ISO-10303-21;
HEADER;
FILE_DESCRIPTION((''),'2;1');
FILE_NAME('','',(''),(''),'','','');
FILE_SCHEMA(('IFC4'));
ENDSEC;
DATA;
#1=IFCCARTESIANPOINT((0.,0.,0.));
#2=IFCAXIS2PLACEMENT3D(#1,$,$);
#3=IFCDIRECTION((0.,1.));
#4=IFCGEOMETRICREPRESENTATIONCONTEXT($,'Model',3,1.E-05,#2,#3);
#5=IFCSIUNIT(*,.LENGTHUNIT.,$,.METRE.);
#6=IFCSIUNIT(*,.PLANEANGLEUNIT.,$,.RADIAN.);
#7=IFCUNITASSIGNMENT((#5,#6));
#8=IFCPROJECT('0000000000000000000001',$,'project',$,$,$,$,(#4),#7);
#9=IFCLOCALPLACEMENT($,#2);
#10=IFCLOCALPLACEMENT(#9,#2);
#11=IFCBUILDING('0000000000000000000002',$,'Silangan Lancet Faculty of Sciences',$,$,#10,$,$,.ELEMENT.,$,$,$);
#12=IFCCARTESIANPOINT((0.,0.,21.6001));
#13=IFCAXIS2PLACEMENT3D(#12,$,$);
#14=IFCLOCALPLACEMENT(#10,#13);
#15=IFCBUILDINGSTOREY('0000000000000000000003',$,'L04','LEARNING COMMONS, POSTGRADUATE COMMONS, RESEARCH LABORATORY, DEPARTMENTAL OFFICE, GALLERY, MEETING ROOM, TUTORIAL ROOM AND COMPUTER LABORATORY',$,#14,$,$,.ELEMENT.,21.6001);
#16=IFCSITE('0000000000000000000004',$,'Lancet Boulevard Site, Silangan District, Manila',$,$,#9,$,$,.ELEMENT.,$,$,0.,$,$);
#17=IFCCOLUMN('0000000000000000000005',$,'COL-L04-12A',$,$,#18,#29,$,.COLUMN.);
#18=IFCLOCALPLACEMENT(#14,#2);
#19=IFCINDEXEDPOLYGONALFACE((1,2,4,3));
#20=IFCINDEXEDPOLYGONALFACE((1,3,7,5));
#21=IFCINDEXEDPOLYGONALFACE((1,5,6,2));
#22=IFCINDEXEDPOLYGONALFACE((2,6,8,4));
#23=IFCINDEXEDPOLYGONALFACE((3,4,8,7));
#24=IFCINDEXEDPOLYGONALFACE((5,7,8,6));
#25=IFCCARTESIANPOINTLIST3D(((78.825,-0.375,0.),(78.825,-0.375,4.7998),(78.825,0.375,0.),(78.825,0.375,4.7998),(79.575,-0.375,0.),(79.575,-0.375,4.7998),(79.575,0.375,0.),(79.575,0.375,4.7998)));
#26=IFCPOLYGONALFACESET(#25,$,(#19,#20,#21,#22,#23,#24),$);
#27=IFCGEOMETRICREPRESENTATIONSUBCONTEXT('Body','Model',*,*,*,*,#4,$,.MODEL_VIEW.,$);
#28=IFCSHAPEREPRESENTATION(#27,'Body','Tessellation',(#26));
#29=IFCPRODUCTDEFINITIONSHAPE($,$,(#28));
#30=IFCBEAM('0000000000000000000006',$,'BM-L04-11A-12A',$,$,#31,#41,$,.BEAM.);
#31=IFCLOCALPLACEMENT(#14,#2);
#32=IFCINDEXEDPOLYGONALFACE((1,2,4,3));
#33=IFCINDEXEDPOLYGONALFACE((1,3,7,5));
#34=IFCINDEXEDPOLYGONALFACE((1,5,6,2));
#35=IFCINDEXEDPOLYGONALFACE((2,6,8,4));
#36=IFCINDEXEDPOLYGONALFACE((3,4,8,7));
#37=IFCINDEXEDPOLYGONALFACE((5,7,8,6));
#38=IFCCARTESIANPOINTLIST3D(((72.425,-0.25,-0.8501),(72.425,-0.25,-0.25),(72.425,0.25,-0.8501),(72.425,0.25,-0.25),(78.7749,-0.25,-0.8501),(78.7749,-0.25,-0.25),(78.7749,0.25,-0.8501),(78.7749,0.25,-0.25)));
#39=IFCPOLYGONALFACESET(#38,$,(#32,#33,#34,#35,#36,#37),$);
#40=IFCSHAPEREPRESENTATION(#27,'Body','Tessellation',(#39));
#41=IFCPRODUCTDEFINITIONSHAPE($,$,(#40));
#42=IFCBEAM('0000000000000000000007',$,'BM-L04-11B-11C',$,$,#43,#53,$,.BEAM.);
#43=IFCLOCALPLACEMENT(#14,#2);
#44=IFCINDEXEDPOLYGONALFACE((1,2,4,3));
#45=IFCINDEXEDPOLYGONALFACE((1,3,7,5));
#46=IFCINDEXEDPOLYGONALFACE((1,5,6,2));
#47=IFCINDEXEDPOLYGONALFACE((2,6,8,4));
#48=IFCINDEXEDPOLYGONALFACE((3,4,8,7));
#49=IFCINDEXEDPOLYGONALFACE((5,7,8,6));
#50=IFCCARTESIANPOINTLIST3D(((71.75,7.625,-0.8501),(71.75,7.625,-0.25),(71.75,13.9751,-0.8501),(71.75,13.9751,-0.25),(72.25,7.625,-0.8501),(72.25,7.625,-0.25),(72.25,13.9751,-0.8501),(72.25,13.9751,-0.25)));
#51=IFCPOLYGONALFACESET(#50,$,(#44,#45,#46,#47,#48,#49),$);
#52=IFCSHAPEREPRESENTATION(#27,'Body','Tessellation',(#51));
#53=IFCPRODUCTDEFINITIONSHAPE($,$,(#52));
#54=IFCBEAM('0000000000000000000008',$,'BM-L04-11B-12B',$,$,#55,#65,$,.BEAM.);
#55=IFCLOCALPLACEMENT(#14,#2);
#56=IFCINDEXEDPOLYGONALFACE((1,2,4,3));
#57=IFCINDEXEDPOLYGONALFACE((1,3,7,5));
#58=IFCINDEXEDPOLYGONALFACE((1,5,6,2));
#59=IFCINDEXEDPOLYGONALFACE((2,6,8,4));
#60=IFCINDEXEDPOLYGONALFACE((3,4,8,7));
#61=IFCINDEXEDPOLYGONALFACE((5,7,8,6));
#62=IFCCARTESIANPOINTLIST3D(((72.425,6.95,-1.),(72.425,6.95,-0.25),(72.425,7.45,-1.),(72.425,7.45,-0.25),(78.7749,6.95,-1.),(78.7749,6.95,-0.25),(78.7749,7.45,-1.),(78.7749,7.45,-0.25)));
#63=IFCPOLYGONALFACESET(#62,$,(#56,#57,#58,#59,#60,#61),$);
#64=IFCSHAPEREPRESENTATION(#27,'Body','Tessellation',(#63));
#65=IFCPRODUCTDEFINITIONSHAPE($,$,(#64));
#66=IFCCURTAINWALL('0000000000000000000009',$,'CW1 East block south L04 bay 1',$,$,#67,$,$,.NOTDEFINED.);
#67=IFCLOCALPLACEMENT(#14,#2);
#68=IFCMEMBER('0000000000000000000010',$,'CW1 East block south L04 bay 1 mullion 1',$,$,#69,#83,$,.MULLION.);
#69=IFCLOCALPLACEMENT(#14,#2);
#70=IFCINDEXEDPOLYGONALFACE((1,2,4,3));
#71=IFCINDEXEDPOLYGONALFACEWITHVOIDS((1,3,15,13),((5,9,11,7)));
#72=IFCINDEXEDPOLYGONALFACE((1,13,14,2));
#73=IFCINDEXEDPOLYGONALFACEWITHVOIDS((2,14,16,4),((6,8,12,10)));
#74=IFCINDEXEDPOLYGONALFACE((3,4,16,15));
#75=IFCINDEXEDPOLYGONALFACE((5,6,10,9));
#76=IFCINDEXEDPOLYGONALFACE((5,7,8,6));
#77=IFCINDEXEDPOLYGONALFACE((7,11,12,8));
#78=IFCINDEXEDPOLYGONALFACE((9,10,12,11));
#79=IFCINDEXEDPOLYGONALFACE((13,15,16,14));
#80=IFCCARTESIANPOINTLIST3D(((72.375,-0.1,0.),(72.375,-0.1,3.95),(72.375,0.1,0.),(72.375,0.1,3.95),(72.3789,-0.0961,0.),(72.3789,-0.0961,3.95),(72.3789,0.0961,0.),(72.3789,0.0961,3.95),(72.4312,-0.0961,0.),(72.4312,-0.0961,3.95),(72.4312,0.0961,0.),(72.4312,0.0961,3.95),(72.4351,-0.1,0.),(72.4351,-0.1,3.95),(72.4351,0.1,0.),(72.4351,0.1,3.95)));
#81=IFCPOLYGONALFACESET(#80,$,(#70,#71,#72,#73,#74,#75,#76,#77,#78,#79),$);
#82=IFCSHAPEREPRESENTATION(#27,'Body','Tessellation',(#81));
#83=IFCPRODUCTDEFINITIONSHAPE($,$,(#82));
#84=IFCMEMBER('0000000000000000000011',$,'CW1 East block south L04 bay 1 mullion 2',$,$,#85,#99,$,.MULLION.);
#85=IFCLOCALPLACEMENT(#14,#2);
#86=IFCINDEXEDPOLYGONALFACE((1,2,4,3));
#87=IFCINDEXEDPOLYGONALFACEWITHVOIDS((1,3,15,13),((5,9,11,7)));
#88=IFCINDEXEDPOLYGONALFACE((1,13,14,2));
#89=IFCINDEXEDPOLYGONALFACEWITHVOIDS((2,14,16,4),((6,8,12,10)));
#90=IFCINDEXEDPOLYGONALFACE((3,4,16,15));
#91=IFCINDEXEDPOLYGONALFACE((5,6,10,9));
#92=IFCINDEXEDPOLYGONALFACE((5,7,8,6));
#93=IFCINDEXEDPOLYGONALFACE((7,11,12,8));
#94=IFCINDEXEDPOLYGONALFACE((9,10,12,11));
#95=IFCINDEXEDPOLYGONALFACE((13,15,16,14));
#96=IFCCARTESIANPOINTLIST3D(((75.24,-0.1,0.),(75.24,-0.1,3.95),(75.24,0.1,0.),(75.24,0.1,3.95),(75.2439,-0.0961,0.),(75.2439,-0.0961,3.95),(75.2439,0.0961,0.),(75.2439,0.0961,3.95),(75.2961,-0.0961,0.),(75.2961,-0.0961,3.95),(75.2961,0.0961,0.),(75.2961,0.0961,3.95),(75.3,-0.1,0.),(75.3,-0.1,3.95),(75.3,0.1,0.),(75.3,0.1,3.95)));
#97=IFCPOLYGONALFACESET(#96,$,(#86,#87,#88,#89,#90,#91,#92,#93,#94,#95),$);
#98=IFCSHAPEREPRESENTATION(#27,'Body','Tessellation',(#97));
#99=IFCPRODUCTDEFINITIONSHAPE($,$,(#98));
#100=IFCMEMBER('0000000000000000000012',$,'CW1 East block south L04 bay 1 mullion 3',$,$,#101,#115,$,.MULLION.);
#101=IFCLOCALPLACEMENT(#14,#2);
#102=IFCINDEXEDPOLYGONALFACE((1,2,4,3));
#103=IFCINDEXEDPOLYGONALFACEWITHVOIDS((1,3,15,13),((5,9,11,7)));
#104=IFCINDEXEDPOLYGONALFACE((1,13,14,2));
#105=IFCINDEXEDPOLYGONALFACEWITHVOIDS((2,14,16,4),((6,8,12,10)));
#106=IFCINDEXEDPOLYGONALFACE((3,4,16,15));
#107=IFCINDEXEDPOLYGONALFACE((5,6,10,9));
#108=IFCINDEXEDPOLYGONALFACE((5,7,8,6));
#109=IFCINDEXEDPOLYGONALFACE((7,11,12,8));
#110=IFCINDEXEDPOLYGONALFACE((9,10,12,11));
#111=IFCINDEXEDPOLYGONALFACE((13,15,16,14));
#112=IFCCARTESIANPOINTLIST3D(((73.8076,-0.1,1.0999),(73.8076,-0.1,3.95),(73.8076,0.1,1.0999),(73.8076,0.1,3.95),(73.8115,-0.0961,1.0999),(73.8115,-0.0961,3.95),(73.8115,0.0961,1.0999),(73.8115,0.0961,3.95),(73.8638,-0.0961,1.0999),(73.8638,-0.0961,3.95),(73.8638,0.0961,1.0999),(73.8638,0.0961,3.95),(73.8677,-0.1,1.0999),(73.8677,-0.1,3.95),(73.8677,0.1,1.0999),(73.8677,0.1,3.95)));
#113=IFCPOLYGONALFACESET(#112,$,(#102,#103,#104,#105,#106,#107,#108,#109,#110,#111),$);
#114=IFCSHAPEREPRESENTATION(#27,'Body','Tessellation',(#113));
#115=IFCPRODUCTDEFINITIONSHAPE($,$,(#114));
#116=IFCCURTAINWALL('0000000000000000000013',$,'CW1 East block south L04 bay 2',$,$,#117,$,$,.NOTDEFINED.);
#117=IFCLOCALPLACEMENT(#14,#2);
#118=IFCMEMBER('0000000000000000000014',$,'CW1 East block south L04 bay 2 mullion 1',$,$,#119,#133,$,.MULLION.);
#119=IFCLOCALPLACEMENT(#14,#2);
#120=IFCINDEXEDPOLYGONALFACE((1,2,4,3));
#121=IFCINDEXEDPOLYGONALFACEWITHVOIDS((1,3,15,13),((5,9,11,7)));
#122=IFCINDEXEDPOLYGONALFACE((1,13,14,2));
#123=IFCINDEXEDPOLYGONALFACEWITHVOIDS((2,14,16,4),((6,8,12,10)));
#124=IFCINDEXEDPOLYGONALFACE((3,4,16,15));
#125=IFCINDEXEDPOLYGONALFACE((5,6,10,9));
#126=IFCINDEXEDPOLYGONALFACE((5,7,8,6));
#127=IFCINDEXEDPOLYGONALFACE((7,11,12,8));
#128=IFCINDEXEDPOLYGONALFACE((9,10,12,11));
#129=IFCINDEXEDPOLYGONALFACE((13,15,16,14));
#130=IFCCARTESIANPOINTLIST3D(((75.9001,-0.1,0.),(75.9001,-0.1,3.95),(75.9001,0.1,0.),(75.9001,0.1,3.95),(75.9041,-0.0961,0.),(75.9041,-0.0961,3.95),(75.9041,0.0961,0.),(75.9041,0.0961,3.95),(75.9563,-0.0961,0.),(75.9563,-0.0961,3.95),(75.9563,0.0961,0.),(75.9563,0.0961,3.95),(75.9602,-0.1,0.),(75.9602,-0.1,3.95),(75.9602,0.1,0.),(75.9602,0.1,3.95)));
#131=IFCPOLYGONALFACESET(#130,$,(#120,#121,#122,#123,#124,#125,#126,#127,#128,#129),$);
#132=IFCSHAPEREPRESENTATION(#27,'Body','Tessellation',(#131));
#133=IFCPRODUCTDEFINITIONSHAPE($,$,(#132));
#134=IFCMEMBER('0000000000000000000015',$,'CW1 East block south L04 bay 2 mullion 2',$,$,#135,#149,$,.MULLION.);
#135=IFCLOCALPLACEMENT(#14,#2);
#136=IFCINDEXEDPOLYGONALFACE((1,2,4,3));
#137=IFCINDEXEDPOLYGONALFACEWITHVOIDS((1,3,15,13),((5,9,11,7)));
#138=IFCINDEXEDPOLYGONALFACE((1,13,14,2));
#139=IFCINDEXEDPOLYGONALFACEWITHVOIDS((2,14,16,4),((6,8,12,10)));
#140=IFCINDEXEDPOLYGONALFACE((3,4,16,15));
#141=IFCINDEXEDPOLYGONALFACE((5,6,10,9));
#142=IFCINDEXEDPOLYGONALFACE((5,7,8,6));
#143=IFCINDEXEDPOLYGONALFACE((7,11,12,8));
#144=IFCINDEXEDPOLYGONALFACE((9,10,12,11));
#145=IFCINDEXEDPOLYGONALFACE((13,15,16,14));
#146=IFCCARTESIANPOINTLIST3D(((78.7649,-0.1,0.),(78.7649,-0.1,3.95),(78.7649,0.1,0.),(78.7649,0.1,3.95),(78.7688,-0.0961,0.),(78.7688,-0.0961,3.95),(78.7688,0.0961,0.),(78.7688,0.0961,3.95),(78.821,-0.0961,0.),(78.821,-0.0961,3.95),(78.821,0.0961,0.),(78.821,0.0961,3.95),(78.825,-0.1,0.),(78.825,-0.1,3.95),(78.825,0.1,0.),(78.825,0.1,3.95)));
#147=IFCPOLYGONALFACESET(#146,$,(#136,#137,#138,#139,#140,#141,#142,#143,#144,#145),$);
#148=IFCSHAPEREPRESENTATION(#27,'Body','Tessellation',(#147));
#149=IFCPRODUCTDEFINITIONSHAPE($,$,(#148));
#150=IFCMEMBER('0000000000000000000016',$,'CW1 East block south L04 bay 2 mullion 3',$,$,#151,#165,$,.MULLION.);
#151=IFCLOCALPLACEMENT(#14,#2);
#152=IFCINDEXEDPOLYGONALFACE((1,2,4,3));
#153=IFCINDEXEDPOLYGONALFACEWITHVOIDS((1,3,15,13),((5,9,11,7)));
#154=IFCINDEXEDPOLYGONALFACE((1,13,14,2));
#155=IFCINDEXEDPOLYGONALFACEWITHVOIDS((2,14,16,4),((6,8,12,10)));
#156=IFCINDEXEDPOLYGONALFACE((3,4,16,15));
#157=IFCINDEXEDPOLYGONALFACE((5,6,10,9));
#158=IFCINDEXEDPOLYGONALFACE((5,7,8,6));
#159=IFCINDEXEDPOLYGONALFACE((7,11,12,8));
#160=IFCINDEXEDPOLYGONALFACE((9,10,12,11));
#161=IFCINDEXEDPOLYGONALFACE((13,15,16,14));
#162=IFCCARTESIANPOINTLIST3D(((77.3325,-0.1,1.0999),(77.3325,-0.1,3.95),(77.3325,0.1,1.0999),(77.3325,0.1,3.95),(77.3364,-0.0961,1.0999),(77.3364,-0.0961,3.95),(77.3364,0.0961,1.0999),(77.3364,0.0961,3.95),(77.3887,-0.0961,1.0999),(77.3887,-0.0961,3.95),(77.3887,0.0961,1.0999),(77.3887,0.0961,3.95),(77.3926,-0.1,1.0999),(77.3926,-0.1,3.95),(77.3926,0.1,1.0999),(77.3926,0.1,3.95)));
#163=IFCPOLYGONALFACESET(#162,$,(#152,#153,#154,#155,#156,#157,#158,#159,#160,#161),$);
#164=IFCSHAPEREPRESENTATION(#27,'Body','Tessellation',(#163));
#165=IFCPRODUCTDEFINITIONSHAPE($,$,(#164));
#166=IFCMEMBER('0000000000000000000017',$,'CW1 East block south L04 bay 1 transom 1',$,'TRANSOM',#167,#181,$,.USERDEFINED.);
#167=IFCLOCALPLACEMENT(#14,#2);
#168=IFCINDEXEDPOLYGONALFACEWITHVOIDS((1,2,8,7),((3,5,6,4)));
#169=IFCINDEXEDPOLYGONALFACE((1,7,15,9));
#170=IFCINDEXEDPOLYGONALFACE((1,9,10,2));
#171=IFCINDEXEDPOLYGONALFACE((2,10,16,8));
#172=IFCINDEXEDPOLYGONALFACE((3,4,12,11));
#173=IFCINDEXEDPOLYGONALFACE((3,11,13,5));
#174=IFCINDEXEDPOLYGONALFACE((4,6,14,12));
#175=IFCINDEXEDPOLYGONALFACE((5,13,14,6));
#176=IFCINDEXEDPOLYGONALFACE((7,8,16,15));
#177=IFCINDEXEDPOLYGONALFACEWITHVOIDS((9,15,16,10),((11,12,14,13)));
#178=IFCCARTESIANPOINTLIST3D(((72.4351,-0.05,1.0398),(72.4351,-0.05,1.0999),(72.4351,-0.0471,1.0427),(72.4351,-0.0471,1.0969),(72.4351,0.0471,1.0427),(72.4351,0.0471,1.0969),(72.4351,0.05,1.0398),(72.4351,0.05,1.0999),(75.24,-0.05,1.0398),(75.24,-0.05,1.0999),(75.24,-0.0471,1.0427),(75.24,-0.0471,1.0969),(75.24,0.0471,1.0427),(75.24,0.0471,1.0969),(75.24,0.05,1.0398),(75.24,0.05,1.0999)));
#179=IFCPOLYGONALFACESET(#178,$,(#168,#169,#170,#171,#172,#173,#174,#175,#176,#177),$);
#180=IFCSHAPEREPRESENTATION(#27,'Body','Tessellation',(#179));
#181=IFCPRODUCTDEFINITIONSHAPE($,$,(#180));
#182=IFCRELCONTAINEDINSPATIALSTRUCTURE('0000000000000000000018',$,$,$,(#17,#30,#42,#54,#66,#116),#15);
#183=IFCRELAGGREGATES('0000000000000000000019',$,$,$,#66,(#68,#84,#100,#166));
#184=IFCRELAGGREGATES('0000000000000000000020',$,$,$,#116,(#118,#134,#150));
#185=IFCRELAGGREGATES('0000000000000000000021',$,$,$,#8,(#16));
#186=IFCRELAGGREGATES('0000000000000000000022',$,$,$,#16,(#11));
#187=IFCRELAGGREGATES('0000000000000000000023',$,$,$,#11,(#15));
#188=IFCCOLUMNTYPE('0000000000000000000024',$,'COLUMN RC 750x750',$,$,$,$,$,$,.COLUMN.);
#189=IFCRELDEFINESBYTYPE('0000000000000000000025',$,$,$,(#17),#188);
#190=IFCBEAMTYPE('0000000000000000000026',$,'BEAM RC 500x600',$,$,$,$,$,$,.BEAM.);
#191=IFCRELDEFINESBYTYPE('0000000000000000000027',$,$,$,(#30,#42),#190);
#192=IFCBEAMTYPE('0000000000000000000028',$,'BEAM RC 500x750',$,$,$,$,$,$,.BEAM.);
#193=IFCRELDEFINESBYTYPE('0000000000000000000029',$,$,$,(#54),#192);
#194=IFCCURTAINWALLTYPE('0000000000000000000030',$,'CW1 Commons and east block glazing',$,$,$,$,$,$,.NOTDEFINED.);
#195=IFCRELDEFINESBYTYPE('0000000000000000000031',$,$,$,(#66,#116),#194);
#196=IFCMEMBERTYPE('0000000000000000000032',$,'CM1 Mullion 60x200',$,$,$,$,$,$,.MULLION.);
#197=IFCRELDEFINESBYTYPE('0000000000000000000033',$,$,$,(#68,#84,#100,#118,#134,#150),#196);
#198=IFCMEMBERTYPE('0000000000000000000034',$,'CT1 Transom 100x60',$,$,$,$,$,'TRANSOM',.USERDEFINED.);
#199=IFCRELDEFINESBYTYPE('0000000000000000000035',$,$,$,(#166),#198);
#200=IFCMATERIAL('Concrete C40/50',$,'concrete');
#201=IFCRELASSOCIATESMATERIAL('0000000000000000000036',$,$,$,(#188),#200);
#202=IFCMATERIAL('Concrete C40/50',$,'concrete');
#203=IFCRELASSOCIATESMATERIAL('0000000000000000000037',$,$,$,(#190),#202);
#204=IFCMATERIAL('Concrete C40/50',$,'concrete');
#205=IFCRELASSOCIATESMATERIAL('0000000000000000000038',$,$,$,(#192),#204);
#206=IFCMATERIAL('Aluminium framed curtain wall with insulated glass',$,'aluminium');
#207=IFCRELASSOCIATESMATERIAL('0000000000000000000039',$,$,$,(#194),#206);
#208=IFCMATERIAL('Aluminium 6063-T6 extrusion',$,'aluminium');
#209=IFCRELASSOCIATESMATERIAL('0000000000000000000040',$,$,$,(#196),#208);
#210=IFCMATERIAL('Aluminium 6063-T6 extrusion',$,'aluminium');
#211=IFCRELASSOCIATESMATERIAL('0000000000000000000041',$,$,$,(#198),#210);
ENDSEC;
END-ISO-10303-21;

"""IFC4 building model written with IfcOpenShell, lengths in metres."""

from ifc_helpers import new_model, si_unit, direction, frame, origin, origin_2d, place, context, subcontext, project, spatial, rectangle, hollow_rectangle, extrude, material, material_profile, profile_set, type_object, element, aggregate, save


model = new_model("IFC4")

# Units and contexts
model_context = context("Model", 3, precision=1e-05, world=origin(), true_north=direction((0.0, 1.0)))
body_context = subcontext(model_context, "Body", "Model", "MODEL_VIEW")
ifc_project = project(units=[si_unit("LENGTHUNIT", "METRE"), si_unit("PLANEANGLEUNIT", "RADIAN")], contexts=[model_context])

# Site, building, storey
site_placement = place(None, origin())
site = spatial("IfcSite", under=ifc_project, at=site_placement, Name="Lancet Boulevard Site, Silangan District, Manila", CompositionType="ELEMENT", RefElevation=0.0)
building_placement = place(site_placement, origin())
building = spatial("IfcBuilding", under=site, at=building_placement, Name="Silangan Lancet Faculty of Sciences", CompositionType="ELEMENT")
storey_placement = place(building_placement, frame((0.0, 0.0, 21.6001)))
storey = spatial("IfcBuildingStorey", under=building, at=storey_placement, Name="L04", Description="LEARNING COMMONS, POSTGRADUATE COMMONS, RESEARCH LABORATORY, DEPARTMENTAL OFFICE, GALLERY, MEETING ROOM, TUTORIAL ROOM AND COMPUTER LABORATORY", CompositionType="ELEMENT", Elevation=21.6001)

# Column
ifc_material_1 = material(Name="Concrete C40/50", Category="concrete")
ifc_material_profile_1 = material_profile(ifc_material_1, rectangle(XDim=0.75, YDim=0.75, at=origin_2d()), Name="RC 750x750")
ifc_profile_set_1 = profile_set([ifc_material_profile_1], Name="Concrete C40/50")
column_type = type_object("IfcColumnType", Name="COLUMN RC 750x750", PredefinedType="COLUMN", material=ifc_profile_set_1)
column_placement = place(storey_placement, frame((79.2, 0.0, 0.0), z_axis=(0.0, 0.0, 1.0), x_axis=(1.0, 0.0, 0.0)))
element("IfcColumn", 1, at=column_placement, inside=storey, type_object=column_type, Name="COL-L04-12A", PredefinedType="COLUMN", context=body_context, shape_type="SweptSolid", body=[
    extrude(rectangle(XDim=0.75, YDim=0.75, at=origin_2d()), origin(), (0.0, 0.0, 1.0), 4.7998),
])

# Beams
ifc_material_2 = material(Name="Concrete C40/50", Category="concrete")
ifc_material_profile_2 = material_profile(ifc_material_2, rectangle(XDim=0.5, YDim=0.6001, at=origin_2d()), Name="RC 500x600")
ifc_profile_set_2 = profile_set([ifc_material_profile_2], Name="Concrete C40/50")
beam_type_1 = type_object("IfcBeamType", Name="BEAM RC 500x600", PredefinedType="BEAM", material=ifc_profile_set_2)
beam_1_placement = place(storey_placement, frame((72.425, 0.0, -0.55), z_axis=(1.0, 0.0, 0.0), x_axis=(0.0, 1.0, 0.0)))
element("IfcBeam", 2, at=beam_1_placement, inside=storey, type_object=beam_type_1, Name="BM-L04-11A-12A", PredefinedType="BEAM", context=body_context, shape_type="SweptSolid", body=[
    extrude(rectangle(XDim=0.5, YDim=0.6001, at=origin_2d()), origin(), (0.0, 0.0, 1.0), 6.3499),
])
beam_2_placement = place(storey_placement, frame((72.0, 7.625, -0.55), z_axis=(0.0, 1.0, 0.0), x_axis=(-1.0, 0.0, 0.0)))
element("IfcBeam", 3, at=beam_2_placement, inside=storey, type_object=beam_type_1, Name="BM-L04-11B-11C", PredefinedType="BEAM", context=body_context, shape_type="SweptSolid", body=[
    extrude(rectangle(XDim=0.5, YDim=0.6001, at=origin_2d()), origin(), (0.0, 0.0, 1.0), 6.3501),
])
ifc_material_3 = material(Name="Concrete C40/50", Category="concrete")
ifc_material_profile_3 = material_profile(ifc_material_3, rectangle(XDim=0.5, YDim=0.75, at=origin_2d()), Name="RC 500x750")
ifc_profile_set_3 = profile_set([ifc_material_profile_3], Name="Concrete C40/50")
beam_type_2 = type_object("IfcBeamType", Name="BEAM RC 500x750", PredefinedType="BEAM", material=ifc_profile_set_3)
beam_3_placement = place(storey_placement, frame((72.425, 7.2, -0.625), z_axis=(1.0, 0.0, 0.0), x_axis=(0.0, 1.0, 0.0)))
element("IfcBeam", 4, at=beam_3_placement, inside=storey, type_object=beam_type_2, Name="BM-L04-11B-12B", PredefinedType="BEAM", context=body_context, shape_type="SweptSolid", body=[
    extrude(rectangle(XDim=0.5, YDim=0.75, at=origin_2d()), origin(), (0.0, 0.0, 1.0), 6.3499),
])

# Curtain walls, members
ifc_material_4 = material(Name="Aluminium framed curtain wall with insulated glass", Category="aluminium")
curtain_wall_type = type_object("IfcCurtainWallType", Name="CW1 Commons and east block glazing", PredefinedType="NOTDEFINED", material=ifc_material_4)
curtain_wall_1_placement = place(storey_placement, origin())
curtain_wall_1 = element("IfcCurtainWall", 5, at=curtain_wall_1_placement, inside=storey, type_object=curtain_wall_type, Name="CW1 East block south L04 bay 1", PredefinedType="NOTDEFINED")
ifc_material_5 = material(Name="Aluminium 6063-T6 extrusion", Category="aluminium")
ifc_material_profile_4 = material_profile(ifc_material_5, hollow_rectangle(XDim=0.0601, YDim=0.2, WallThickness=0.0039, at=origin_2d()), Name="AL BOX 60x200x4")
ifc_profile_set_4 = profile_set([ifc_material_profile_4], Name="Aluminium 6063-T6 extrusion")
member_type_1 = type_object("IfcMemberType", Name="CM1 Mullion 60x200", PredefinedType="MULLION", material=ifc_profile_set_4)
member_1_placement = place(storey_placement, frame((72.405, 0.0, 0.0), z_axis=(0.0, 0.0, 1.0), x_axis=(1.0, 0.0, 0.0)))
member_1 = element("IfcMember", 6, at=member_1_placement, type_object=member_type_1, Name="CW1 East block south L04 bay 1 mullion 1", PredefinedType="MULLION", context=body_context, shape_type="SweptSolid", body=[
    extrude(hollow_rectangle(XDim=0.0601, YDim=0.2, WallThickness=0.0039, at=origin_2d()), origin(), (0.0, 0.0, 1.0), 3.95),
])
member_2_placement = place(storey_placement, frame((75.27, 0.0, 0.0), z_axis=(0.0, 0.0, 1.0), x_axis=(1.0, 0.0, 0.0)))
member_2 = element("IfcMember", 7, at=member_2_placement, type_object=member_type_1, Name="CW1 East block south L04 bay 1 mullion 2", PredefinedType="MULLION", context=body_context, shape_type="SweptSolid", body=[
    extrude(hollow_rectangle(XDim=0.0601, YDim=0.2, WallThickness=0.0039, at=origin_2d()), origin(), (0.0, 0.0, 1.0), 3.95),
])
member_3_placement = place(storey_placement, frame((73.8376, 0.0, 1.0999), z_axis=(0.0, 0.0, 1.0), x_axis=(1.0, 0.0, 0.0)))
member_3 = element("IfcMember", 8, at=member_3_placement, type_object=member_type_1, Name="CW1 East block south L04 bay 1 mullion 3", PredefinedType="MULLION", context=body_context, shape_type="SweptSolid", body=[
    extrude(hollow_rectangle(XDim=0.0601, YDim=0.2, WallThickness=0.0039, at=origin_2d()), origin(), (0.0, 0.0, 1.0), 2.8501),
])
curtain_wall_2_placement = place(storey_placement, origin())
curtain_wall_2 = element("IfcCurtainWall", 9, at=curtain_wall_2_placement, inside=storey, type_object=curtain_wall_type, Name="CW1 East block south L04 bay 2", PredefinedType="NOTDEFINED")
member_4_placement = place(storey_placement, frame((75.9302, 0.0, 0.0), z_axis=(0.0, 0.0, 1.0), x_axis=(1.0, 0.0, 0.0)))
member_4 = element("IfcMember", 10, at=member_4_placement, type_object=member_type_1, Name="CW1 East block south L04 bay 2 mullion 1", PredefinedType="MULLION", context=body_context, shape_type="SweptSolid", body=[
    extrude(hollow_rectangle(XDim=0.0601, YDim=0.2, WallThickness=0.0039, at=origin_2d()), origin(), (0.0, 0.0, 1.0), 3.95),
])
member_5_placement = place(storey_placement, frame((78.7949, 0.0, 0.0), z_axis=(0.0, 0.0, 1.0), x_axis=(1.0, 0.0, 0.0)))
member_5 = element("IfcMember", 11, at=member_5_placement, type_object=member_type_1, Name="CW1 East block south L04 bay 2 mullion 2", PredefinedType="MULLION", context=body_context, shape_type="SweptSolid", body=[
    extrude(hollow_rectangle(XDim=0.0601, YDim=0.2, WallThickness=0.0039, at=origin_2d()), origin(), (0.0, 0.0, 1.0), 3.95),
])
member_6_placement = place(storey_placement, frame((77.3625, 0.0, 1.0999), z_axis=(0.0, 0.0, 1.0), x_axis=(1.0, 0.0, 0.0)))
member_6 = element("IfcMember", 12, at=member_6_placement, type_object=member_type_1, Name="CW1 East block south L04 bay 2 mullion 3", PredefinedType="MULLION", context=body_context, shape_type="SweptSolid", body=[
    extrude(hollow_rectangle(XDim=0.0601, YDim=0.2, WallThickness=0.0039, at=origin_2d()), origin(), (0.0, 0.0, 1.0), 2.8501),
])

# Member
ifc_material_6 = material(Name="Aluminium 6063-T6 extrusion", Category="aluminium")
ifc_material_profile_5 = material_profile(ifc_material_6, hollow_rectangle(XDim=0.1001, YDim=0.0601, WallThickness=0.0029, at=origin_2d()), Name="AL BOX 100x60x3")
ifc_profile_set_5 = profile_set([ifc_material_profile_5], Name="Aluminium 6063-T6 extrusion")
member_type_2 = type_object("IfcMemberType", Name="CT1 Transom 100x60", ElementType="TRANSOM", PredefinedType="USERDEFINED", material=ifc_profile_set_5)
member_7_placement = place(storey_placement, frame((72.4351, 0.0, 1.0698), z_axis=(1.0, 0.0, 0.0), x_axis=(0.0, 1.0, 0.0)))
member_7 = element("IfcMember", 13, at=member_7_placement, type_object=member_type_2, Name="CW1 East block south L04 bay 1 transom 1", ObjectType="TRANSOM", PredefinedType="USERDEFINED", context=body_context, shape_type="SweptSolid", body=[
    extrude(hollow_rectangle(XDim=0.1001, YDim=0.0601, WallThickness=0.0029, at=origin_2d()), origin(), (0.0, 0.0, 1.0), 2.8049),
])

aggregate(curtain_wall_1, [member_1, member_2, member_3, member_7])
aggregate(curtain_wall_2, [member_4, member_5, member_6])

save(model, "model.ifc")
